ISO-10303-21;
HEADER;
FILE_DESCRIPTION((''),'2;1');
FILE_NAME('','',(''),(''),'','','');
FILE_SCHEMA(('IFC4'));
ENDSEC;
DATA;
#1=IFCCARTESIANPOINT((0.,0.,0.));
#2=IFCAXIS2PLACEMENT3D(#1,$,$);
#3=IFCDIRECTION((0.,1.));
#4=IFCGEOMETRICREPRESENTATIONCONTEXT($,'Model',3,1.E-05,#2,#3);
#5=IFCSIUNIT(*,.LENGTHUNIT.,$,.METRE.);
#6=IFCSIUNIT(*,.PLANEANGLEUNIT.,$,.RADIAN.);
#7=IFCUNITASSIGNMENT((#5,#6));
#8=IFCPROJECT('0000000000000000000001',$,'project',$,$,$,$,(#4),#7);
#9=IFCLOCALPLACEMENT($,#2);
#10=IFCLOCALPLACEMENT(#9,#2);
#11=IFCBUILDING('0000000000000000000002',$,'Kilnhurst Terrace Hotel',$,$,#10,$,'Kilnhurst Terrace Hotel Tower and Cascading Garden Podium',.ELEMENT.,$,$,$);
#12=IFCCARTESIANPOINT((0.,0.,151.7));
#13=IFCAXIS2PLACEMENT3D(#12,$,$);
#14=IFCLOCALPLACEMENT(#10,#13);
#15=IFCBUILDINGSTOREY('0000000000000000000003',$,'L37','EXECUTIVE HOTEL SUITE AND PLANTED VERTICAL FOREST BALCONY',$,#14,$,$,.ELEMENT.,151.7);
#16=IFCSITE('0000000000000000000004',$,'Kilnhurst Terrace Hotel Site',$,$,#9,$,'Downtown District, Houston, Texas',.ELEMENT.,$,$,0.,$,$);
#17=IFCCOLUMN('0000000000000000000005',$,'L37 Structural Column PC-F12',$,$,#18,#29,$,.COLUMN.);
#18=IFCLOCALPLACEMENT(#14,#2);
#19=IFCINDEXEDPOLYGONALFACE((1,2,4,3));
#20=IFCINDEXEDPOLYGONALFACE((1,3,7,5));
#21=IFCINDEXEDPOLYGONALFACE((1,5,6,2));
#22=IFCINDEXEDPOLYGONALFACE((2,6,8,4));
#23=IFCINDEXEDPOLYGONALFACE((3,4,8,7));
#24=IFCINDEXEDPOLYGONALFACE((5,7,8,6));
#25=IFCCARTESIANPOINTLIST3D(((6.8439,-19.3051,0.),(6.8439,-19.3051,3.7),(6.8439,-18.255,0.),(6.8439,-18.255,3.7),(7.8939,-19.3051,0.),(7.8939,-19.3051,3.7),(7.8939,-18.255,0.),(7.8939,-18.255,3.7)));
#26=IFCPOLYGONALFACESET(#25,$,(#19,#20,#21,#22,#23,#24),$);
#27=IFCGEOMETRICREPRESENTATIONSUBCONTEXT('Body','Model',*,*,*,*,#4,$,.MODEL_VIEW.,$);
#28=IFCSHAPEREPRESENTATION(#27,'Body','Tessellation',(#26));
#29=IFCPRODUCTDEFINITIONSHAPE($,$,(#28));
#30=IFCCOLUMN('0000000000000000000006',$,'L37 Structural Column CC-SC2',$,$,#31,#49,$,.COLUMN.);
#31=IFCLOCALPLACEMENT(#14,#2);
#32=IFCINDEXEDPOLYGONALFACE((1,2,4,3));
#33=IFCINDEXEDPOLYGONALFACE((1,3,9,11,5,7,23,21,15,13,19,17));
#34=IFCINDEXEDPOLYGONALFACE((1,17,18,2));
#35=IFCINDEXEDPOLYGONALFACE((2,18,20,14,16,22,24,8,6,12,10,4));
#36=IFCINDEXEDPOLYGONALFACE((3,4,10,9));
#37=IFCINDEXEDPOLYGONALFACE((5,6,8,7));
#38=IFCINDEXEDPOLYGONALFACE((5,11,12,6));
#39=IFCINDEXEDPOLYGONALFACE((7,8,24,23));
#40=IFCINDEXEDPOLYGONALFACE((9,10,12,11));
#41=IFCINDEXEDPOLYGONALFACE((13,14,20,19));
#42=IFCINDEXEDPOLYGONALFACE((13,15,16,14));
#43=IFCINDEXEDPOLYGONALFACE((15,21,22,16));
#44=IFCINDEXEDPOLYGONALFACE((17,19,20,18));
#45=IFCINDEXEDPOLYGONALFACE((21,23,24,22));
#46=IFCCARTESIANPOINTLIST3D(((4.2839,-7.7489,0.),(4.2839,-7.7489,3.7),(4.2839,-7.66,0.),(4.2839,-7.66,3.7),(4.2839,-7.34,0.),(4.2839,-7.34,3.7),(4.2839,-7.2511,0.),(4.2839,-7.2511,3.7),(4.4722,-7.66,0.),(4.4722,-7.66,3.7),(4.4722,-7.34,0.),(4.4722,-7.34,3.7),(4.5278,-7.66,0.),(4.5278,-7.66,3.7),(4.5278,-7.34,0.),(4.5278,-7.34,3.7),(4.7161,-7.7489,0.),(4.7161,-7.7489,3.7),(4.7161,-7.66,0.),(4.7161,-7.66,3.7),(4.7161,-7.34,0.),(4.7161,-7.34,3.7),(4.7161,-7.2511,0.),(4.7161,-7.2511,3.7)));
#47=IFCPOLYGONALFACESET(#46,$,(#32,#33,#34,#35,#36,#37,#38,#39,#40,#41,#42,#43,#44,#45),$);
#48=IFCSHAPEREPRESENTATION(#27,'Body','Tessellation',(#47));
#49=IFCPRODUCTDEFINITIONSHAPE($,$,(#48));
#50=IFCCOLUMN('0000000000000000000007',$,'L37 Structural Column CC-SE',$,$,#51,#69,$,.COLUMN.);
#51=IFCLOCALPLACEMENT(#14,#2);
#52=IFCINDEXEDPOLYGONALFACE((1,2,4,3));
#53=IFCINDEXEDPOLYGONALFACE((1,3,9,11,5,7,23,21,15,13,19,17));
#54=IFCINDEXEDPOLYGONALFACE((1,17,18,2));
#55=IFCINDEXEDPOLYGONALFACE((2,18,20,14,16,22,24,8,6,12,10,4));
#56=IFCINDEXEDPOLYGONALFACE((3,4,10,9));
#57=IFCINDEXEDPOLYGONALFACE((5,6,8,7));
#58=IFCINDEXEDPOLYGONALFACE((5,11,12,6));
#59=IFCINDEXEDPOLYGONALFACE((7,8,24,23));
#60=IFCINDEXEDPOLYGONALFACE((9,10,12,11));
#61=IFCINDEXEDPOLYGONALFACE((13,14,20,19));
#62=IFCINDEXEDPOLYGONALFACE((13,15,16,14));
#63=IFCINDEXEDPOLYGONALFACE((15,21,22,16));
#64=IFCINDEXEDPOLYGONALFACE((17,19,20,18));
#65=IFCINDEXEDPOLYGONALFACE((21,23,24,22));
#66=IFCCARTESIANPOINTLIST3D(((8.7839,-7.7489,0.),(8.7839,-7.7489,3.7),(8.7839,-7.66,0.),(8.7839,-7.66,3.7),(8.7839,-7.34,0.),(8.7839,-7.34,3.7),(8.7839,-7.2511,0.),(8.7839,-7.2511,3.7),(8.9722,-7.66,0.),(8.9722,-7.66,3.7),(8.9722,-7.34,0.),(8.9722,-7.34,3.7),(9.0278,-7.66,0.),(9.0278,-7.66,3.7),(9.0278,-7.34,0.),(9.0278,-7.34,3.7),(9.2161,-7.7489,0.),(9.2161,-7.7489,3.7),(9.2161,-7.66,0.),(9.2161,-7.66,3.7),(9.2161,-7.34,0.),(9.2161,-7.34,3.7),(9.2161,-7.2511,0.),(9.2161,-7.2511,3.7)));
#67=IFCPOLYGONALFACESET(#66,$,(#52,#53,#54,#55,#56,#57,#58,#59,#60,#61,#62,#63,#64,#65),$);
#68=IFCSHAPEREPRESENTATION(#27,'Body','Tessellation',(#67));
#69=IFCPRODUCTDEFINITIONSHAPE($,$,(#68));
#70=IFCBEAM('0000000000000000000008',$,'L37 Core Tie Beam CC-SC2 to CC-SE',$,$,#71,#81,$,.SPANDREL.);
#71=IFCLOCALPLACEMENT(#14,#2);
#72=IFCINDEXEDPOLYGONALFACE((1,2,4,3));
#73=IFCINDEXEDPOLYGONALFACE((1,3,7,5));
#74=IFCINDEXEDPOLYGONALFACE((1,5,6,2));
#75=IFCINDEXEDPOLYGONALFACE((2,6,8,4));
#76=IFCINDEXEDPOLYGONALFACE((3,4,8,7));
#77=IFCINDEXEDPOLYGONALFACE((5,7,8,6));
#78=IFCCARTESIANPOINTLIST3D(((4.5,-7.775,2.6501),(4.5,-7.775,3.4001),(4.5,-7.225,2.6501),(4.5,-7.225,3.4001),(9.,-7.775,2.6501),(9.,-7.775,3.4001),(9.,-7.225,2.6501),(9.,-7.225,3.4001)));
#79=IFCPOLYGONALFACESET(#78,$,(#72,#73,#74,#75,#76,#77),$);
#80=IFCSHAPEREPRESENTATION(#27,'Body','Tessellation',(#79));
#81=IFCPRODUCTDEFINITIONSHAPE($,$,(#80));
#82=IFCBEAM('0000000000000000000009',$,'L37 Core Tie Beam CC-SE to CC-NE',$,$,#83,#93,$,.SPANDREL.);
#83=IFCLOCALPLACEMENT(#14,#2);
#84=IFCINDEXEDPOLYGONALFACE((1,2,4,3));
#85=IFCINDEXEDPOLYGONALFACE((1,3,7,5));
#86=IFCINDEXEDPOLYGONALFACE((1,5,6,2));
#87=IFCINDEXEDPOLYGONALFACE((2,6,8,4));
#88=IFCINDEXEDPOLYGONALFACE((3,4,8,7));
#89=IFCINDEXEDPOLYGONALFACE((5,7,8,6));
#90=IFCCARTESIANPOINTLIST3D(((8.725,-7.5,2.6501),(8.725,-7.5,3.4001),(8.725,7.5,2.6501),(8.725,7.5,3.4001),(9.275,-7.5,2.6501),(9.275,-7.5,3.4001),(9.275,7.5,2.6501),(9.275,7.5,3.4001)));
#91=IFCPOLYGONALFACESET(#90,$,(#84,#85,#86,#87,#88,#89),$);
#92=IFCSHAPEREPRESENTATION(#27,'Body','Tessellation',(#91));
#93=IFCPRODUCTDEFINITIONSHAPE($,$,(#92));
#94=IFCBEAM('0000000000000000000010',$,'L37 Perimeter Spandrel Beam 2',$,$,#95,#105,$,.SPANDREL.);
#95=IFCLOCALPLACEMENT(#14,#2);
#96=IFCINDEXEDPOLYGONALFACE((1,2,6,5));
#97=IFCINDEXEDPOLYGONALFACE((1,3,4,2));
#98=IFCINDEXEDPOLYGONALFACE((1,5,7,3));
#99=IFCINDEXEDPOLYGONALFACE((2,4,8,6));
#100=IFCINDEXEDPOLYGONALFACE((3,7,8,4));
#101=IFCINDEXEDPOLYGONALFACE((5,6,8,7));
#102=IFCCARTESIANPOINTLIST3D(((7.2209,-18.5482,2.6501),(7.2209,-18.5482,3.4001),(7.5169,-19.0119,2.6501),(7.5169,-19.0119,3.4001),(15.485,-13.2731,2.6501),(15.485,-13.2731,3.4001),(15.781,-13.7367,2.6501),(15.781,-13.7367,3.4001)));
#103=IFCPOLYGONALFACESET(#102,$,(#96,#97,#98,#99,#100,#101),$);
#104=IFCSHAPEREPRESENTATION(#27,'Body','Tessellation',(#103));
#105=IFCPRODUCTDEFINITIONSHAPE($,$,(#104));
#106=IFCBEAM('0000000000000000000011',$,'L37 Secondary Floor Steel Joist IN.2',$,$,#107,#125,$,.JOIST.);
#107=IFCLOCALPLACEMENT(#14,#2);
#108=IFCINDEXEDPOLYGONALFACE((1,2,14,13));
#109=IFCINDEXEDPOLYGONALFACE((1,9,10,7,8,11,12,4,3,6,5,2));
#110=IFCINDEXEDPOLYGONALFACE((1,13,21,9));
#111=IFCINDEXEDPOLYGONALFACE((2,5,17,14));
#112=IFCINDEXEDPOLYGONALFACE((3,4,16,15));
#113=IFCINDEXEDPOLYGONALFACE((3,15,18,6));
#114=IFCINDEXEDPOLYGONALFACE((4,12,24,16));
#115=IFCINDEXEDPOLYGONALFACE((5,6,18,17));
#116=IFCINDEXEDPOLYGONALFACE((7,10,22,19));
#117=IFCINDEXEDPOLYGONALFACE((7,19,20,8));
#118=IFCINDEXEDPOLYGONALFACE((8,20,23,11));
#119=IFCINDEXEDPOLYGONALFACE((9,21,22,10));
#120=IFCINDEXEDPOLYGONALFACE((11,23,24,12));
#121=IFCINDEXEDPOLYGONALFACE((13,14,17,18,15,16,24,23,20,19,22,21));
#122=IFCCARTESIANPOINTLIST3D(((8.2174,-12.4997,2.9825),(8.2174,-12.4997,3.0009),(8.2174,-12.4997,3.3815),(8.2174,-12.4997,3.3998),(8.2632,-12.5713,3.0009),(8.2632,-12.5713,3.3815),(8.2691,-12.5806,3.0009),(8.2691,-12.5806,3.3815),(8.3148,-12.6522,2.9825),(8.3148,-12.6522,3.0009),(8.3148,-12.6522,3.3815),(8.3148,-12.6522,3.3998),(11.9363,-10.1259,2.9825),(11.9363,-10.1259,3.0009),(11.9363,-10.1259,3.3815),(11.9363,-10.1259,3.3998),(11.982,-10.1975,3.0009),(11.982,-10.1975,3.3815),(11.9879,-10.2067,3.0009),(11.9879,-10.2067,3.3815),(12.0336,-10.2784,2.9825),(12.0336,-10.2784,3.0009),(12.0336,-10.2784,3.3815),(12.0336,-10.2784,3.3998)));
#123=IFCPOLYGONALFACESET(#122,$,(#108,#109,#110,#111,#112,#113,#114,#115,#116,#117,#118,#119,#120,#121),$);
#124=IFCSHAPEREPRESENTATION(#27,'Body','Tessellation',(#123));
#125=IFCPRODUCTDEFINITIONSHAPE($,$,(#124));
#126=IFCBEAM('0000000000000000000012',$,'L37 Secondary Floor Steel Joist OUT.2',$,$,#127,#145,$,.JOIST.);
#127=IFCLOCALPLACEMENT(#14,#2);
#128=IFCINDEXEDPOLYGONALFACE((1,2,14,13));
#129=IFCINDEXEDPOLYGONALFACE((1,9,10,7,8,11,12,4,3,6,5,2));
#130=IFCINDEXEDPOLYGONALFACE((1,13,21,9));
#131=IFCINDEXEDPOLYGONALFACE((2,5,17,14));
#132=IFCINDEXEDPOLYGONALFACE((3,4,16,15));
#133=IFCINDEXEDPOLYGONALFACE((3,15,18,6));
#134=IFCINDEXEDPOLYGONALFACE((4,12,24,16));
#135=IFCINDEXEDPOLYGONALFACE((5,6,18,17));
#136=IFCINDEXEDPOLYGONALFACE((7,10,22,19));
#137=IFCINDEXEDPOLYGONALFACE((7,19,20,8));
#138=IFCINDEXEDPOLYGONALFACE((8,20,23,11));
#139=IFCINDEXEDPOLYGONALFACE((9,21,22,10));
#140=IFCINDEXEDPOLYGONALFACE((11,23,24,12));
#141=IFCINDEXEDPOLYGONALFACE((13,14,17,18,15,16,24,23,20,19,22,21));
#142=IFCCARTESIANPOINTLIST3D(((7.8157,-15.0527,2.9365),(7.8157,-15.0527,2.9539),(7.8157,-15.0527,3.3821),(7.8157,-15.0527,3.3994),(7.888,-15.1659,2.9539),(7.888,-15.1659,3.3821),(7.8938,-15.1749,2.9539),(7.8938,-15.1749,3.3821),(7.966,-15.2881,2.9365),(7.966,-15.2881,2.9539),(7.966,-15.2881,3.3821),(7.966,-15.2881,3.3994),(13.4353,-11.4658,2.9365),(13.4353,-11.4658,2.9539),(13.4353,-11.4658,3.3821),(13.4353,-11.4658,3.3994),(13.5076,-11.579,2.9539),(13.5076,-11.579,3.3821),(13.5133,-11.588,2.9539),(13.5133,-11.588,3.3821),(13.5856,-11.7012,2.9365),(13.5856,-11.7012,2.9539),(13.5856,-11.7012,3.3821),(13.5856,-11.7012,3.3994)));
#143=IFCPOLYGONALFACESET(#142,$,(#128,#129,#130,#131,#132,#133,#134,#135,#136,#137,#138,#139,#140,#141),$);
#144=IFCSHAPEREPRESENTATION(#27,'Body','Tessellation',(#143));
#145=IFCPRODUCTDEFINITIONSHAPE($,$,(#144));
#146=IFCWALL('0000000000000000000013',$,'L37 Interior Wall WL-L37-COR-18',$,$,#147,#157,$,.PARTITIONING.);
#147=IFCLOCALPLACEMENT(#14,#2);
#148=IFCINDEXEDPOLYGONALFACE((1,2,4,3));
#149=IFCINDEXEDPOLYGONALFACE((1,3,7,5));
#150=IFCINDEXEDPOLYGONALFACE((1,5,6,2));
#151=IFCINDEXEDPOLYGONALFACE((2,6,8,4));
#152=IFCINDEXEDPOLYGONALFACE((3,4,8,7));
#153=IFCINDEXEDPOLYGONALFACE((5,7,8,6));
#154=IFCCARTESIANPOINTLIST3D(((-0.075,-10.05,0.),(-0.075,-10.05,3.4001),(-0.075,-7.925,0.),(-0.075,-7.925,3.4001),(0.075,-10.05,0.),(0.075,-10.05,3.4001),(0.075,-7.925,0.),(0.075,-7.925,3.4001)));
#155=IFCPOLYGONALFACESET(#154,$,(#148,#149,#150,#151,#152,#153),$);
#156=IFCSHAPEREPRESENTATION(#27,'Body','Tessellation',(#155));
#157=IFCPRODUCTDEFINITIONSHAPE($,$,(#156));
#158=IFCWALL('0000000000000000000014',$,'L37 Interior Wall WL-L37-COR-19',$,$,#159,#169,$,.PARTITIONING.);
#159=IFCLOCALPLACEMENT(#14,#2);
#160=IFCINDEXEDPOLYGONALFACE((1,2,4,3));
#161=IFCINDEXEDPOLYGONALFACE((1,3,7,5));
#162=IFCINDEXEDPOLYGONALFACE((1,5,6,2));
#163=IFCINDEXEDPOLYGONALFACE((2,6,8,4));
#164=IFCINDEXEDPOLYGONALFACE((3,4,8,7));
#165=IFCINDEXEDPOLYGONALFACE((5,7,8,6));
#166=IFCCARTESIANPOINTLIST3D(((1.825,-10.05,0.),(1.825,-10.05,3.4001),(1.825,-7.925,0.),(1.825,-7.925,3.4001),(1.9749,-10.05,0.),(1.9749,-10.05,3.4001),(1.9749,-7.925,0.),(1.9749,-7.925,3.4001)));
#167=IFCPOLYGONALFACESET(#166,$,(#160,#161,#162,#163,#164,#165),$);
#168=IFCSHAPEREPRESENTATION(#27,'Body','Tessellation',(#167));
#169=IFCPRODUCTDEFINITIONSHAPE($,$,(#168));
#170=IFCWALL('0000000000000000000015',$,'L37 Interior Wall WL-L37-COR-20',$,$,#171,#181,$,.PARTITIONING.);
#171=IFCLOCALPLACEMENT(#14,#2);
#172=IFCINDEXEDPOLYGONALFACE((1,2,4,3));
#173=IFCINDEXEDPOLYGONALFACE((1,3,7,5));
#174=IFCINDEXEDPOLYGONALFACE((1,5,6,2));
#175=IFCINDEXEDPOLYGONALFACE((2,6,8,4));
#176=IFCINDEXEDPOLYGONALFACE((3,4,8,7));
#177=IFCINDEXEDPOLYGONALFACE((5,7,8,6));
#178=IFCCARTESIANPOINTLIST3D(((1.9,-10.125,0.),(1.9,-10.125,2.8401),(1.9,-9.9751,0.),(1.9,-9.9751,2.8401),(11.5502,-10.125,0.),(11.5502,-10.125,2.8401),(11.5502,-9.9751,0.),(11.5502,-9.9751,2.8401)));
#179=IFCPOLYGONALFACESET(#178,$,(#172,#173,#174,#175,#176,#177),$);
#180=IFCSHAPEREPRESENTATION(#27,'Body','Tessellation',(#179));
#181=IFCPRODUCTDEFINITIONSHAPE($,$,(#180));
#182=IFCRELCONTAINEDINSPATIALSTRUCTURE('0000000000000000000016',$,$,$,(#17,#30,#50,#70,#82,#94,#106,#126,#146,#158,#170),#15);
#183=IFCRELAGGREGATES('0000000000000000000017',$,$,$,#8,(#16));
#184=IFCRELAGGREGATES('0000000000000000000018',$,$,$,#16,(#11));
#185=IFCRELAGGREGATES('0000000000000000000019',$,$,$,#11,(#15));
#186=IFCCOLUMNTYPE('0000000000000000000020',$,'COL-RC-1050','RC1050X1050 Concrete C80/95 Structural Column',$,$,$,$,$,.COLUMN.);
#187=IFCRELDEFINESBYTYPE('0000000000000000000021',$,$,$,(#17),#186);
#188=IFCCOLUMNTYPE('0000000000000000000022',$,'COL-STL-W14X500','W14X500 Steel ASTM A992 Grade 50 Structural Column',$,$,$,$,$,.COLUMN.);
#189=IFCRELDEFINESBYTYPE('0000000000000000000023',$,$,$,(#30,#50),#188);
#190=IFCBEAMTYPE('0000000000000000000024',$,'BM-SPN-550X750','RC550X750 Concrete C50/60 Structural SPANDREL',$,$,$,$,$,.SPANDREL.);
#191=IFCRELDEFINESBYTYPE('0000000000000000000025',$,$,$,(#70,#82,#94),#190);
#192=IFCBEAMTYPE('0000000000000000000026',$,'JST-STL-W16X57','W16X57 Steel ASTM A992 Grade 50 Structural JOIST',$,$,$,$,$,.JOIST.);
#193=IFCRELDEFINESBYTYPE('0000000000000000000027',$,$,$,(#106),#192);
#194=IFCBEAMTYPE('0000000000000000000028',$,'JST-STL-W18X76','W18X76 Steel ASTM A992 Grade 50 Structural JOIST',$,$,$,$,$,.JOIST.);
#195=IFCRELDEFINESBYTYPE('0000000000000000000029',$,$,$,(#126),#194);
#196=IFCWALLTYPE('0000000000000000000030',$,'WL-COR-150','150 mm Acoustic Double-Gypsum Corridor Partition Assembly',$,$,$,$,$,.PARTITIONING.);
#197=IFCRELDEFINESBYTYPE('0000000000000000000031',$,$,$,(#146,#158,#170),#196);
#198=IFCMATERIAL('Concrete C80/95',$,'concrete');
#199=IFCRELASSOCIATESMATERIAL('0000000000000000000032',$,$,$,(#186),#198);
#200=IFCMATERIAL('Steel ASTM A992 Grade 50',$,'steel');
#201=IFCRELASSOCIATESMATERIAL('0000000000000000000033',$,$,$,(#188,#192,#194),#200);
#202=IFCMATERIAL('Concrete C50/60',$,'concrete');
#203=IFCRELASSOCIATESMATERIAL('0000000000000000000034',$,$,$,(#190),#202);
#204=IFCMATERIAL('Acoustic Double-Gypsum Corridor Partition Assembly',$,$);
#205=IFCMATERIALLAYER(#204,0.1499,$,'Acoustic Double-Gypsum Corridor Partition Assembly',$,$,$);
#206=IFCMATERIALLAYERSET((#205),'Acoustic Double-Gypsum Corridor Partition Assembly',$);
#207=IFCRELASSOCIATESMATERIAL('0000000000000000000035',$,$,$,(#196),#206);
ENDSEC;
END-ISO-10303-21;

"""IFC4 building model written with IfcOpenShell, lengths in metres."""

from ifc_helpers import new_model, si_unit, direction, frame, frame_2d, origin, origin_2d, place, context, subcontext, project, spatial, rectangle, i_section, extrude, material, layer, layer_set, material_profile, profile_set, type_object, element, save


model = new_model("IFC4")

# Units and contexts
model_context = context("Model", 3, precision=1e-05, world=origin(), true_north=direction((0.0, 1.0)))
body_context = subcontext(model_context, "Body", "Model", "MODEL_VIEW")
ifc_project = project(units=[si_unit("LENGTHUNIT", "METRE"), si_unit("PLANEANGLEUNIT", "RADIAN")], contexts=[model_context])

# Site, building, storey
site_placement = place(None, origin())
site = spatial("IfcSite", under=ifc_project, at=site_placement, Name="Kilnhurst Terrace Hotel Site", LongName="Downtown District, Houston, Texas", CompositionType="ELEMENT", RefElevation=0.0)
building_placement = place(site_placement, origin())
building = spatial("IfcBuilding", under=site, at=building_placement, Name="Kilnhurst Terrace Hotel", LongName="Kilnhurst Terrace Hotel Tower and Cascading Garden Podium", CompositionType="ELEMENT")
storey_placement = place(building_placement, frame((0.0, 0.0, 151.7)))
storey = spatial("IfcBuildingStorey", under=building, at=storey_placement, Name="L37", Description="EXECUTIVE HOTEL SUITE AND PLANTED VERTICAL FOREST BALCONY", CompositionType="ELEMENT", Elevation=151.7)

# Columns
ifc_material_1 = material(Name="Concrete C80/95", Category="concrete")
ifc_material_profile_1 = material_profile(ifc_material_1, rectangle(XDim=1.05, YDim=1.05, at=origin_2d()), Name="RC1050X1050")
ifc_profile_set_1 = profile_set([ifc_material_profile_1], Name="Concrete C80/95")
column_type_1 = type_object("IfcColumnType", Name="COL-RC-1050", Description="RC1050X1050 Concrete C80/95 Structural Column", PredefinedType="COLUMN", material=ifc_profile_set_1)
column_placement = place(storey_placement, frame((7.3689, -18.78, 0.0), z_axis=(0.0, 0.0, 1.0), x_axis=(1.0, 0.0, 0.0)))
element("IfcColumn", 1, at=column_placement, inside=storey, type_object=column_type_1, Name="L37 Structural Column PC-F12", PredefinedType="COLUMN", context=body_context, shape_type="SweptSolid", body=[
    extrude(rectangle(XDim=1.05, YDim=1.05, at=origin_2d()), origin(), (0.0, 0.0, 1.0), 3.7),
])
ifc_material_2 = material(Name="Steel ASTM A992 Grade 50", Category="steel")
ifc_material_profile_2 = material_profile(ifc_material_2, i_section(OverallWidth=0.4321, OverallDepth=0.4978, WebThickness=0.0557, FlangeThickness=0.0889, at=origin_2d()), Name="W14X500")
ifc_profile_set_2 = profile_set([ifc_material_profile_2], Name="Steel ASTM A992 Grade 50")
column_type_2 = type_object("IfcColumnType", Name="COL-STL-W14X500", Description="W14X500 Steel ASTM A992 Grade 50 Structural Column", PredefinedType="COLUMN", material=ifc_profile_set_2)
for number, where, z_axis, x_axis, name in (
    (2, (4.5, -7.5, 0.0), (0.0, 0.0, 1.0), (1.0, 0.0, 0.0), "L37 Structural Column CC-SC2"),
    (3, (9.0, -7.5, 0.0), (0.0, 0.0, 1.0), (1.0, 0.0, 0.0), "L37 Structural Column CC-SE"),
):
    element("IfcColumn", number, at=place(storey_placement, frame(where, z_axis=z_axis, x_axis=x_axis)), inside=storey, type_object=column_type_2, Name=name, PredefinedType="COLUMN", context=body_context, shape_type="SweptSolid", body=[
        extrude(i_section(OverallWidth=0.4321, OverallDepth=0.4978, WebThickness=0.0557, FlangeThickness=0.0889, at=origin_2d()), origin(), (0.0, 0.0, 1.0), 3.7),
    ])

# Beams
ifc_material_3 = material(Name="Concrete C50/60", Category="concrete")
ifc_material_profile_3 = material_profile(ifc_material_3, rectangle(XDim=0.55, YDim=0.75, at=origin_2d()), Name="RC550X750")
ifc_profile_set_3 = profile_set([ifc_material_profile_3], Name="Concrete C50/60")
beam_type_1 = type_object("IfcBeamType", Name="BM-SPN-550X750", Description="RC550X750 Concrete C50/60 Structural SPANDREL", PredefinedType="SPANDREL", material=ifc_profile_set_3)
beam_1_placement = place(storey_placement, frame((4.5, -7.5, 3.0251), z_axis=(1.0, 0.0, 0.0), x_axis=(0.0, 1.0, 0.0)))
element("IfcBeam", 4, at=beam_1_placement, inside=storey, type_object=beam_type_1, Name="L37 Core Tie Beam CC-SC2 to CC-SE", PredefinedType="SPANDREL", context=body_context, shape_type="SweptSolid", body=[
    extrude(rectangle(XDim=0.55, YDim=0.75, at=origin_2d()), origin(), (0.0, 0.0, 1.0), 4.5),
])
beam_2_placement = place(storey_placement, frame((9.0, -7.5, 3.0251), z_axis=(0.0, 1.0, 0.0), x_axis=(-1.0, 0.0, 0.0)))
element("IfcBeam", 5, at=beam_2_placement, inside=storey, type_object=beam_type_1, Name="L37 Core Tie Beam CC-SE to CC-NE", PredefinedType="SPANDREL", context=body_context, shape_type="SweptSolid", body=[
    extrude(rectangle(XDim=0.55, YDim=0.75, at=origin_2d()), origin(), (0.0, 0.0, 1.0), 15.0),
])
beam_3_placement = place(storey_placement, frame((7.3689, -18.78, 3.0251), z_axis=(0.842915, 0.538046, 0.0), x_axis=(-0.538046, 0.842915, 0.0)))
element("IfcBeam", 6, at=beam_3_placement, inside=storey, type_object=beam_type_1, Name="L37 Perimeter Spandrel Beam 2", PredefinedType="SPANDREL", context=body_context, shape_type="SweptSolid", body=[
    extrude(rectangle(XDim=0.55, YDim=0.75, at=origin_2d()), origin(), (0.0, 0.0, 1.0), 9.8042),
])
ifc_material_profile_4 = material_profile(ifc_material_2, i_section(OverallWidth=0.1809, OverallDepth=0.4172, WebThickness=0.011, FlangeThickness=0.0183, at=origin_2d()), Name="W16X57")
ifc_profile_set_4 = profile_set([ifc_material_profile_4], Name="Steel ASTM A992 Grade 50")
beam_type_2 = type_object("IfcBeamType", Name="JST-STL-W16X57", Description="W16X57 Steel ASTM A992 Grade 50 Structural JOIST", PredefinedType="JOIST", material=ifc_profile_set_4)
beam_4_placement = place(storey_placement, frame((8.2661, -12.5759, 3.1912), z_axis=(0.842911, 0.538053, 0.0), x_axis=(-0.538053, 0.842911, 0.0)))
element("IfcBeam", 7, at=beam_4_placement, inside=storey, type_object=beam_type_2, Name="L37 Secondary Floor Steel Joist IN.2", PredefinedType="JOIST", context=body_context, shape_type="SweptSolid", body=[
    extrude(i_section(OverallWidth=0.1809, OverallDepth=0.4172, WebThickness=0.011, FlangeThickness=0.0183, at=origin_2d()), origin(), (0.0, 0.0, 1.0), 4.4119),
])
ifc_material_profile_5 = material_profile(ifc_material_2, i_section(OverallWidth=0.2793, OverallDepth=0.4629, WebThickness=0.0107, FlangeThickness=0.0173, at=origin_2d()), Name="W18X76")
ifc_profile_set_5 = profile_set([ifc_material_profile_5], Name="Steel ASTM A992 Grade 50")
beam_type_3 = type_object("IfcBeamType", Name="JST-STL-W18X76", Description="W18X76 Steel ASTM A992 Grade 50 Structural JOIST", PredefinedType="JOIST", material=ifc_profile_set_5)
beam_5_placement = place(storey_placement, frame((7.8909, -15.1704, 3.168), z_axis=(0.842928, 0.538027, 0.0), x_axis=(-0.538027, 0.842928, 0.0)))
element("IfcBeam", 8, at=beam_5_placement, inside=storey, type_object=beam_type_3, Name="L37 Secondary Floor Steel Joist OUT.2", PredefinedType="JOIST", context=body_context, shape_type="SweptSolid", body=[
    extrude(i_section(OverallWidth=0.2793, OverallDepth=0.4629, WebThickness=0.0107, FlangeThickness=0.0173, at=origin_2d()), origin(), (0.0, 0.0, 1.0), 6.6667),
])

# Walls
ifc_material_4 = material(Name="Acoustic Double-Gypsum Corridor Partition Assembly")
ifc_layer_1 = layer(ifc_material_4, 0.1499, Name="Acoustic Double-Gypsum Corridor Partition Assembly")
ifc_layer_set_1 = layer_set([ifc_layer_1], Name="Acoustic Double-Gypsum Corridor Partition Assembly")
wall_type_1 = type_object("IfcWallType", Name="WL-COR-150", Description="150 mm Acoustic Double-Gypsum Corridor Partition Assembly", PredefinedType="PARTITIONING", material=ifc_layer_set_1)
for number, where, z_axis, x_axis, name in (
    (9, (0.0, -10.05, 0.0), (0.0, 0.0, 1.0), (0.0, 1.0, 0.0), "L37 Interior Wall WL-L37-COR-18"),
    (10, (1.8999, -7.925, 0.0), (0.0, 0.0, 1.0), (0.0, -1.0, 0.0), "L37 Interior Wall WL-L37-COR-19"),
):
    element("IfcWall", number, at=place(storey_placement, frame(where, z_axis=z_axis, x_axis=x_axis)), inside=storey, type_object=wall_type_1, Name=name, PredefinedType="PARTITIONING", context=body_context, shape_type="SweptSolid", body=[
        extrude(rectangle(XDim=2.125, YDim=0.1499, at=frame_2d((1.0625, 0.0))), origin(), (0.0, 0.0, 1.0), 3.4001),
    ])
wall_1_placement = place(storey_placement, frame((1.8999, -10.05, 0.0), z_axis=(0.0, 0.0, 1.0), x_axis=(1.0, 0.0, 0.0)))
element("IfcWall", 11, at=wall_1_placement, inside=storey, type_object=wall_type_1, Name="L37 Interior Wall WL-L37-COR-20", PredefinedType="PARTITIONING", context=body_context, shape_type="SweptSolid", body=[
    extrude(rectangle(XDim=9.6501, YDim=0.1499, at=frame_2d((4.8252, 0.0))), origin(), (0.0, 0.0, 1.0), 2.8401),
])

save(model, "model.ifc")
